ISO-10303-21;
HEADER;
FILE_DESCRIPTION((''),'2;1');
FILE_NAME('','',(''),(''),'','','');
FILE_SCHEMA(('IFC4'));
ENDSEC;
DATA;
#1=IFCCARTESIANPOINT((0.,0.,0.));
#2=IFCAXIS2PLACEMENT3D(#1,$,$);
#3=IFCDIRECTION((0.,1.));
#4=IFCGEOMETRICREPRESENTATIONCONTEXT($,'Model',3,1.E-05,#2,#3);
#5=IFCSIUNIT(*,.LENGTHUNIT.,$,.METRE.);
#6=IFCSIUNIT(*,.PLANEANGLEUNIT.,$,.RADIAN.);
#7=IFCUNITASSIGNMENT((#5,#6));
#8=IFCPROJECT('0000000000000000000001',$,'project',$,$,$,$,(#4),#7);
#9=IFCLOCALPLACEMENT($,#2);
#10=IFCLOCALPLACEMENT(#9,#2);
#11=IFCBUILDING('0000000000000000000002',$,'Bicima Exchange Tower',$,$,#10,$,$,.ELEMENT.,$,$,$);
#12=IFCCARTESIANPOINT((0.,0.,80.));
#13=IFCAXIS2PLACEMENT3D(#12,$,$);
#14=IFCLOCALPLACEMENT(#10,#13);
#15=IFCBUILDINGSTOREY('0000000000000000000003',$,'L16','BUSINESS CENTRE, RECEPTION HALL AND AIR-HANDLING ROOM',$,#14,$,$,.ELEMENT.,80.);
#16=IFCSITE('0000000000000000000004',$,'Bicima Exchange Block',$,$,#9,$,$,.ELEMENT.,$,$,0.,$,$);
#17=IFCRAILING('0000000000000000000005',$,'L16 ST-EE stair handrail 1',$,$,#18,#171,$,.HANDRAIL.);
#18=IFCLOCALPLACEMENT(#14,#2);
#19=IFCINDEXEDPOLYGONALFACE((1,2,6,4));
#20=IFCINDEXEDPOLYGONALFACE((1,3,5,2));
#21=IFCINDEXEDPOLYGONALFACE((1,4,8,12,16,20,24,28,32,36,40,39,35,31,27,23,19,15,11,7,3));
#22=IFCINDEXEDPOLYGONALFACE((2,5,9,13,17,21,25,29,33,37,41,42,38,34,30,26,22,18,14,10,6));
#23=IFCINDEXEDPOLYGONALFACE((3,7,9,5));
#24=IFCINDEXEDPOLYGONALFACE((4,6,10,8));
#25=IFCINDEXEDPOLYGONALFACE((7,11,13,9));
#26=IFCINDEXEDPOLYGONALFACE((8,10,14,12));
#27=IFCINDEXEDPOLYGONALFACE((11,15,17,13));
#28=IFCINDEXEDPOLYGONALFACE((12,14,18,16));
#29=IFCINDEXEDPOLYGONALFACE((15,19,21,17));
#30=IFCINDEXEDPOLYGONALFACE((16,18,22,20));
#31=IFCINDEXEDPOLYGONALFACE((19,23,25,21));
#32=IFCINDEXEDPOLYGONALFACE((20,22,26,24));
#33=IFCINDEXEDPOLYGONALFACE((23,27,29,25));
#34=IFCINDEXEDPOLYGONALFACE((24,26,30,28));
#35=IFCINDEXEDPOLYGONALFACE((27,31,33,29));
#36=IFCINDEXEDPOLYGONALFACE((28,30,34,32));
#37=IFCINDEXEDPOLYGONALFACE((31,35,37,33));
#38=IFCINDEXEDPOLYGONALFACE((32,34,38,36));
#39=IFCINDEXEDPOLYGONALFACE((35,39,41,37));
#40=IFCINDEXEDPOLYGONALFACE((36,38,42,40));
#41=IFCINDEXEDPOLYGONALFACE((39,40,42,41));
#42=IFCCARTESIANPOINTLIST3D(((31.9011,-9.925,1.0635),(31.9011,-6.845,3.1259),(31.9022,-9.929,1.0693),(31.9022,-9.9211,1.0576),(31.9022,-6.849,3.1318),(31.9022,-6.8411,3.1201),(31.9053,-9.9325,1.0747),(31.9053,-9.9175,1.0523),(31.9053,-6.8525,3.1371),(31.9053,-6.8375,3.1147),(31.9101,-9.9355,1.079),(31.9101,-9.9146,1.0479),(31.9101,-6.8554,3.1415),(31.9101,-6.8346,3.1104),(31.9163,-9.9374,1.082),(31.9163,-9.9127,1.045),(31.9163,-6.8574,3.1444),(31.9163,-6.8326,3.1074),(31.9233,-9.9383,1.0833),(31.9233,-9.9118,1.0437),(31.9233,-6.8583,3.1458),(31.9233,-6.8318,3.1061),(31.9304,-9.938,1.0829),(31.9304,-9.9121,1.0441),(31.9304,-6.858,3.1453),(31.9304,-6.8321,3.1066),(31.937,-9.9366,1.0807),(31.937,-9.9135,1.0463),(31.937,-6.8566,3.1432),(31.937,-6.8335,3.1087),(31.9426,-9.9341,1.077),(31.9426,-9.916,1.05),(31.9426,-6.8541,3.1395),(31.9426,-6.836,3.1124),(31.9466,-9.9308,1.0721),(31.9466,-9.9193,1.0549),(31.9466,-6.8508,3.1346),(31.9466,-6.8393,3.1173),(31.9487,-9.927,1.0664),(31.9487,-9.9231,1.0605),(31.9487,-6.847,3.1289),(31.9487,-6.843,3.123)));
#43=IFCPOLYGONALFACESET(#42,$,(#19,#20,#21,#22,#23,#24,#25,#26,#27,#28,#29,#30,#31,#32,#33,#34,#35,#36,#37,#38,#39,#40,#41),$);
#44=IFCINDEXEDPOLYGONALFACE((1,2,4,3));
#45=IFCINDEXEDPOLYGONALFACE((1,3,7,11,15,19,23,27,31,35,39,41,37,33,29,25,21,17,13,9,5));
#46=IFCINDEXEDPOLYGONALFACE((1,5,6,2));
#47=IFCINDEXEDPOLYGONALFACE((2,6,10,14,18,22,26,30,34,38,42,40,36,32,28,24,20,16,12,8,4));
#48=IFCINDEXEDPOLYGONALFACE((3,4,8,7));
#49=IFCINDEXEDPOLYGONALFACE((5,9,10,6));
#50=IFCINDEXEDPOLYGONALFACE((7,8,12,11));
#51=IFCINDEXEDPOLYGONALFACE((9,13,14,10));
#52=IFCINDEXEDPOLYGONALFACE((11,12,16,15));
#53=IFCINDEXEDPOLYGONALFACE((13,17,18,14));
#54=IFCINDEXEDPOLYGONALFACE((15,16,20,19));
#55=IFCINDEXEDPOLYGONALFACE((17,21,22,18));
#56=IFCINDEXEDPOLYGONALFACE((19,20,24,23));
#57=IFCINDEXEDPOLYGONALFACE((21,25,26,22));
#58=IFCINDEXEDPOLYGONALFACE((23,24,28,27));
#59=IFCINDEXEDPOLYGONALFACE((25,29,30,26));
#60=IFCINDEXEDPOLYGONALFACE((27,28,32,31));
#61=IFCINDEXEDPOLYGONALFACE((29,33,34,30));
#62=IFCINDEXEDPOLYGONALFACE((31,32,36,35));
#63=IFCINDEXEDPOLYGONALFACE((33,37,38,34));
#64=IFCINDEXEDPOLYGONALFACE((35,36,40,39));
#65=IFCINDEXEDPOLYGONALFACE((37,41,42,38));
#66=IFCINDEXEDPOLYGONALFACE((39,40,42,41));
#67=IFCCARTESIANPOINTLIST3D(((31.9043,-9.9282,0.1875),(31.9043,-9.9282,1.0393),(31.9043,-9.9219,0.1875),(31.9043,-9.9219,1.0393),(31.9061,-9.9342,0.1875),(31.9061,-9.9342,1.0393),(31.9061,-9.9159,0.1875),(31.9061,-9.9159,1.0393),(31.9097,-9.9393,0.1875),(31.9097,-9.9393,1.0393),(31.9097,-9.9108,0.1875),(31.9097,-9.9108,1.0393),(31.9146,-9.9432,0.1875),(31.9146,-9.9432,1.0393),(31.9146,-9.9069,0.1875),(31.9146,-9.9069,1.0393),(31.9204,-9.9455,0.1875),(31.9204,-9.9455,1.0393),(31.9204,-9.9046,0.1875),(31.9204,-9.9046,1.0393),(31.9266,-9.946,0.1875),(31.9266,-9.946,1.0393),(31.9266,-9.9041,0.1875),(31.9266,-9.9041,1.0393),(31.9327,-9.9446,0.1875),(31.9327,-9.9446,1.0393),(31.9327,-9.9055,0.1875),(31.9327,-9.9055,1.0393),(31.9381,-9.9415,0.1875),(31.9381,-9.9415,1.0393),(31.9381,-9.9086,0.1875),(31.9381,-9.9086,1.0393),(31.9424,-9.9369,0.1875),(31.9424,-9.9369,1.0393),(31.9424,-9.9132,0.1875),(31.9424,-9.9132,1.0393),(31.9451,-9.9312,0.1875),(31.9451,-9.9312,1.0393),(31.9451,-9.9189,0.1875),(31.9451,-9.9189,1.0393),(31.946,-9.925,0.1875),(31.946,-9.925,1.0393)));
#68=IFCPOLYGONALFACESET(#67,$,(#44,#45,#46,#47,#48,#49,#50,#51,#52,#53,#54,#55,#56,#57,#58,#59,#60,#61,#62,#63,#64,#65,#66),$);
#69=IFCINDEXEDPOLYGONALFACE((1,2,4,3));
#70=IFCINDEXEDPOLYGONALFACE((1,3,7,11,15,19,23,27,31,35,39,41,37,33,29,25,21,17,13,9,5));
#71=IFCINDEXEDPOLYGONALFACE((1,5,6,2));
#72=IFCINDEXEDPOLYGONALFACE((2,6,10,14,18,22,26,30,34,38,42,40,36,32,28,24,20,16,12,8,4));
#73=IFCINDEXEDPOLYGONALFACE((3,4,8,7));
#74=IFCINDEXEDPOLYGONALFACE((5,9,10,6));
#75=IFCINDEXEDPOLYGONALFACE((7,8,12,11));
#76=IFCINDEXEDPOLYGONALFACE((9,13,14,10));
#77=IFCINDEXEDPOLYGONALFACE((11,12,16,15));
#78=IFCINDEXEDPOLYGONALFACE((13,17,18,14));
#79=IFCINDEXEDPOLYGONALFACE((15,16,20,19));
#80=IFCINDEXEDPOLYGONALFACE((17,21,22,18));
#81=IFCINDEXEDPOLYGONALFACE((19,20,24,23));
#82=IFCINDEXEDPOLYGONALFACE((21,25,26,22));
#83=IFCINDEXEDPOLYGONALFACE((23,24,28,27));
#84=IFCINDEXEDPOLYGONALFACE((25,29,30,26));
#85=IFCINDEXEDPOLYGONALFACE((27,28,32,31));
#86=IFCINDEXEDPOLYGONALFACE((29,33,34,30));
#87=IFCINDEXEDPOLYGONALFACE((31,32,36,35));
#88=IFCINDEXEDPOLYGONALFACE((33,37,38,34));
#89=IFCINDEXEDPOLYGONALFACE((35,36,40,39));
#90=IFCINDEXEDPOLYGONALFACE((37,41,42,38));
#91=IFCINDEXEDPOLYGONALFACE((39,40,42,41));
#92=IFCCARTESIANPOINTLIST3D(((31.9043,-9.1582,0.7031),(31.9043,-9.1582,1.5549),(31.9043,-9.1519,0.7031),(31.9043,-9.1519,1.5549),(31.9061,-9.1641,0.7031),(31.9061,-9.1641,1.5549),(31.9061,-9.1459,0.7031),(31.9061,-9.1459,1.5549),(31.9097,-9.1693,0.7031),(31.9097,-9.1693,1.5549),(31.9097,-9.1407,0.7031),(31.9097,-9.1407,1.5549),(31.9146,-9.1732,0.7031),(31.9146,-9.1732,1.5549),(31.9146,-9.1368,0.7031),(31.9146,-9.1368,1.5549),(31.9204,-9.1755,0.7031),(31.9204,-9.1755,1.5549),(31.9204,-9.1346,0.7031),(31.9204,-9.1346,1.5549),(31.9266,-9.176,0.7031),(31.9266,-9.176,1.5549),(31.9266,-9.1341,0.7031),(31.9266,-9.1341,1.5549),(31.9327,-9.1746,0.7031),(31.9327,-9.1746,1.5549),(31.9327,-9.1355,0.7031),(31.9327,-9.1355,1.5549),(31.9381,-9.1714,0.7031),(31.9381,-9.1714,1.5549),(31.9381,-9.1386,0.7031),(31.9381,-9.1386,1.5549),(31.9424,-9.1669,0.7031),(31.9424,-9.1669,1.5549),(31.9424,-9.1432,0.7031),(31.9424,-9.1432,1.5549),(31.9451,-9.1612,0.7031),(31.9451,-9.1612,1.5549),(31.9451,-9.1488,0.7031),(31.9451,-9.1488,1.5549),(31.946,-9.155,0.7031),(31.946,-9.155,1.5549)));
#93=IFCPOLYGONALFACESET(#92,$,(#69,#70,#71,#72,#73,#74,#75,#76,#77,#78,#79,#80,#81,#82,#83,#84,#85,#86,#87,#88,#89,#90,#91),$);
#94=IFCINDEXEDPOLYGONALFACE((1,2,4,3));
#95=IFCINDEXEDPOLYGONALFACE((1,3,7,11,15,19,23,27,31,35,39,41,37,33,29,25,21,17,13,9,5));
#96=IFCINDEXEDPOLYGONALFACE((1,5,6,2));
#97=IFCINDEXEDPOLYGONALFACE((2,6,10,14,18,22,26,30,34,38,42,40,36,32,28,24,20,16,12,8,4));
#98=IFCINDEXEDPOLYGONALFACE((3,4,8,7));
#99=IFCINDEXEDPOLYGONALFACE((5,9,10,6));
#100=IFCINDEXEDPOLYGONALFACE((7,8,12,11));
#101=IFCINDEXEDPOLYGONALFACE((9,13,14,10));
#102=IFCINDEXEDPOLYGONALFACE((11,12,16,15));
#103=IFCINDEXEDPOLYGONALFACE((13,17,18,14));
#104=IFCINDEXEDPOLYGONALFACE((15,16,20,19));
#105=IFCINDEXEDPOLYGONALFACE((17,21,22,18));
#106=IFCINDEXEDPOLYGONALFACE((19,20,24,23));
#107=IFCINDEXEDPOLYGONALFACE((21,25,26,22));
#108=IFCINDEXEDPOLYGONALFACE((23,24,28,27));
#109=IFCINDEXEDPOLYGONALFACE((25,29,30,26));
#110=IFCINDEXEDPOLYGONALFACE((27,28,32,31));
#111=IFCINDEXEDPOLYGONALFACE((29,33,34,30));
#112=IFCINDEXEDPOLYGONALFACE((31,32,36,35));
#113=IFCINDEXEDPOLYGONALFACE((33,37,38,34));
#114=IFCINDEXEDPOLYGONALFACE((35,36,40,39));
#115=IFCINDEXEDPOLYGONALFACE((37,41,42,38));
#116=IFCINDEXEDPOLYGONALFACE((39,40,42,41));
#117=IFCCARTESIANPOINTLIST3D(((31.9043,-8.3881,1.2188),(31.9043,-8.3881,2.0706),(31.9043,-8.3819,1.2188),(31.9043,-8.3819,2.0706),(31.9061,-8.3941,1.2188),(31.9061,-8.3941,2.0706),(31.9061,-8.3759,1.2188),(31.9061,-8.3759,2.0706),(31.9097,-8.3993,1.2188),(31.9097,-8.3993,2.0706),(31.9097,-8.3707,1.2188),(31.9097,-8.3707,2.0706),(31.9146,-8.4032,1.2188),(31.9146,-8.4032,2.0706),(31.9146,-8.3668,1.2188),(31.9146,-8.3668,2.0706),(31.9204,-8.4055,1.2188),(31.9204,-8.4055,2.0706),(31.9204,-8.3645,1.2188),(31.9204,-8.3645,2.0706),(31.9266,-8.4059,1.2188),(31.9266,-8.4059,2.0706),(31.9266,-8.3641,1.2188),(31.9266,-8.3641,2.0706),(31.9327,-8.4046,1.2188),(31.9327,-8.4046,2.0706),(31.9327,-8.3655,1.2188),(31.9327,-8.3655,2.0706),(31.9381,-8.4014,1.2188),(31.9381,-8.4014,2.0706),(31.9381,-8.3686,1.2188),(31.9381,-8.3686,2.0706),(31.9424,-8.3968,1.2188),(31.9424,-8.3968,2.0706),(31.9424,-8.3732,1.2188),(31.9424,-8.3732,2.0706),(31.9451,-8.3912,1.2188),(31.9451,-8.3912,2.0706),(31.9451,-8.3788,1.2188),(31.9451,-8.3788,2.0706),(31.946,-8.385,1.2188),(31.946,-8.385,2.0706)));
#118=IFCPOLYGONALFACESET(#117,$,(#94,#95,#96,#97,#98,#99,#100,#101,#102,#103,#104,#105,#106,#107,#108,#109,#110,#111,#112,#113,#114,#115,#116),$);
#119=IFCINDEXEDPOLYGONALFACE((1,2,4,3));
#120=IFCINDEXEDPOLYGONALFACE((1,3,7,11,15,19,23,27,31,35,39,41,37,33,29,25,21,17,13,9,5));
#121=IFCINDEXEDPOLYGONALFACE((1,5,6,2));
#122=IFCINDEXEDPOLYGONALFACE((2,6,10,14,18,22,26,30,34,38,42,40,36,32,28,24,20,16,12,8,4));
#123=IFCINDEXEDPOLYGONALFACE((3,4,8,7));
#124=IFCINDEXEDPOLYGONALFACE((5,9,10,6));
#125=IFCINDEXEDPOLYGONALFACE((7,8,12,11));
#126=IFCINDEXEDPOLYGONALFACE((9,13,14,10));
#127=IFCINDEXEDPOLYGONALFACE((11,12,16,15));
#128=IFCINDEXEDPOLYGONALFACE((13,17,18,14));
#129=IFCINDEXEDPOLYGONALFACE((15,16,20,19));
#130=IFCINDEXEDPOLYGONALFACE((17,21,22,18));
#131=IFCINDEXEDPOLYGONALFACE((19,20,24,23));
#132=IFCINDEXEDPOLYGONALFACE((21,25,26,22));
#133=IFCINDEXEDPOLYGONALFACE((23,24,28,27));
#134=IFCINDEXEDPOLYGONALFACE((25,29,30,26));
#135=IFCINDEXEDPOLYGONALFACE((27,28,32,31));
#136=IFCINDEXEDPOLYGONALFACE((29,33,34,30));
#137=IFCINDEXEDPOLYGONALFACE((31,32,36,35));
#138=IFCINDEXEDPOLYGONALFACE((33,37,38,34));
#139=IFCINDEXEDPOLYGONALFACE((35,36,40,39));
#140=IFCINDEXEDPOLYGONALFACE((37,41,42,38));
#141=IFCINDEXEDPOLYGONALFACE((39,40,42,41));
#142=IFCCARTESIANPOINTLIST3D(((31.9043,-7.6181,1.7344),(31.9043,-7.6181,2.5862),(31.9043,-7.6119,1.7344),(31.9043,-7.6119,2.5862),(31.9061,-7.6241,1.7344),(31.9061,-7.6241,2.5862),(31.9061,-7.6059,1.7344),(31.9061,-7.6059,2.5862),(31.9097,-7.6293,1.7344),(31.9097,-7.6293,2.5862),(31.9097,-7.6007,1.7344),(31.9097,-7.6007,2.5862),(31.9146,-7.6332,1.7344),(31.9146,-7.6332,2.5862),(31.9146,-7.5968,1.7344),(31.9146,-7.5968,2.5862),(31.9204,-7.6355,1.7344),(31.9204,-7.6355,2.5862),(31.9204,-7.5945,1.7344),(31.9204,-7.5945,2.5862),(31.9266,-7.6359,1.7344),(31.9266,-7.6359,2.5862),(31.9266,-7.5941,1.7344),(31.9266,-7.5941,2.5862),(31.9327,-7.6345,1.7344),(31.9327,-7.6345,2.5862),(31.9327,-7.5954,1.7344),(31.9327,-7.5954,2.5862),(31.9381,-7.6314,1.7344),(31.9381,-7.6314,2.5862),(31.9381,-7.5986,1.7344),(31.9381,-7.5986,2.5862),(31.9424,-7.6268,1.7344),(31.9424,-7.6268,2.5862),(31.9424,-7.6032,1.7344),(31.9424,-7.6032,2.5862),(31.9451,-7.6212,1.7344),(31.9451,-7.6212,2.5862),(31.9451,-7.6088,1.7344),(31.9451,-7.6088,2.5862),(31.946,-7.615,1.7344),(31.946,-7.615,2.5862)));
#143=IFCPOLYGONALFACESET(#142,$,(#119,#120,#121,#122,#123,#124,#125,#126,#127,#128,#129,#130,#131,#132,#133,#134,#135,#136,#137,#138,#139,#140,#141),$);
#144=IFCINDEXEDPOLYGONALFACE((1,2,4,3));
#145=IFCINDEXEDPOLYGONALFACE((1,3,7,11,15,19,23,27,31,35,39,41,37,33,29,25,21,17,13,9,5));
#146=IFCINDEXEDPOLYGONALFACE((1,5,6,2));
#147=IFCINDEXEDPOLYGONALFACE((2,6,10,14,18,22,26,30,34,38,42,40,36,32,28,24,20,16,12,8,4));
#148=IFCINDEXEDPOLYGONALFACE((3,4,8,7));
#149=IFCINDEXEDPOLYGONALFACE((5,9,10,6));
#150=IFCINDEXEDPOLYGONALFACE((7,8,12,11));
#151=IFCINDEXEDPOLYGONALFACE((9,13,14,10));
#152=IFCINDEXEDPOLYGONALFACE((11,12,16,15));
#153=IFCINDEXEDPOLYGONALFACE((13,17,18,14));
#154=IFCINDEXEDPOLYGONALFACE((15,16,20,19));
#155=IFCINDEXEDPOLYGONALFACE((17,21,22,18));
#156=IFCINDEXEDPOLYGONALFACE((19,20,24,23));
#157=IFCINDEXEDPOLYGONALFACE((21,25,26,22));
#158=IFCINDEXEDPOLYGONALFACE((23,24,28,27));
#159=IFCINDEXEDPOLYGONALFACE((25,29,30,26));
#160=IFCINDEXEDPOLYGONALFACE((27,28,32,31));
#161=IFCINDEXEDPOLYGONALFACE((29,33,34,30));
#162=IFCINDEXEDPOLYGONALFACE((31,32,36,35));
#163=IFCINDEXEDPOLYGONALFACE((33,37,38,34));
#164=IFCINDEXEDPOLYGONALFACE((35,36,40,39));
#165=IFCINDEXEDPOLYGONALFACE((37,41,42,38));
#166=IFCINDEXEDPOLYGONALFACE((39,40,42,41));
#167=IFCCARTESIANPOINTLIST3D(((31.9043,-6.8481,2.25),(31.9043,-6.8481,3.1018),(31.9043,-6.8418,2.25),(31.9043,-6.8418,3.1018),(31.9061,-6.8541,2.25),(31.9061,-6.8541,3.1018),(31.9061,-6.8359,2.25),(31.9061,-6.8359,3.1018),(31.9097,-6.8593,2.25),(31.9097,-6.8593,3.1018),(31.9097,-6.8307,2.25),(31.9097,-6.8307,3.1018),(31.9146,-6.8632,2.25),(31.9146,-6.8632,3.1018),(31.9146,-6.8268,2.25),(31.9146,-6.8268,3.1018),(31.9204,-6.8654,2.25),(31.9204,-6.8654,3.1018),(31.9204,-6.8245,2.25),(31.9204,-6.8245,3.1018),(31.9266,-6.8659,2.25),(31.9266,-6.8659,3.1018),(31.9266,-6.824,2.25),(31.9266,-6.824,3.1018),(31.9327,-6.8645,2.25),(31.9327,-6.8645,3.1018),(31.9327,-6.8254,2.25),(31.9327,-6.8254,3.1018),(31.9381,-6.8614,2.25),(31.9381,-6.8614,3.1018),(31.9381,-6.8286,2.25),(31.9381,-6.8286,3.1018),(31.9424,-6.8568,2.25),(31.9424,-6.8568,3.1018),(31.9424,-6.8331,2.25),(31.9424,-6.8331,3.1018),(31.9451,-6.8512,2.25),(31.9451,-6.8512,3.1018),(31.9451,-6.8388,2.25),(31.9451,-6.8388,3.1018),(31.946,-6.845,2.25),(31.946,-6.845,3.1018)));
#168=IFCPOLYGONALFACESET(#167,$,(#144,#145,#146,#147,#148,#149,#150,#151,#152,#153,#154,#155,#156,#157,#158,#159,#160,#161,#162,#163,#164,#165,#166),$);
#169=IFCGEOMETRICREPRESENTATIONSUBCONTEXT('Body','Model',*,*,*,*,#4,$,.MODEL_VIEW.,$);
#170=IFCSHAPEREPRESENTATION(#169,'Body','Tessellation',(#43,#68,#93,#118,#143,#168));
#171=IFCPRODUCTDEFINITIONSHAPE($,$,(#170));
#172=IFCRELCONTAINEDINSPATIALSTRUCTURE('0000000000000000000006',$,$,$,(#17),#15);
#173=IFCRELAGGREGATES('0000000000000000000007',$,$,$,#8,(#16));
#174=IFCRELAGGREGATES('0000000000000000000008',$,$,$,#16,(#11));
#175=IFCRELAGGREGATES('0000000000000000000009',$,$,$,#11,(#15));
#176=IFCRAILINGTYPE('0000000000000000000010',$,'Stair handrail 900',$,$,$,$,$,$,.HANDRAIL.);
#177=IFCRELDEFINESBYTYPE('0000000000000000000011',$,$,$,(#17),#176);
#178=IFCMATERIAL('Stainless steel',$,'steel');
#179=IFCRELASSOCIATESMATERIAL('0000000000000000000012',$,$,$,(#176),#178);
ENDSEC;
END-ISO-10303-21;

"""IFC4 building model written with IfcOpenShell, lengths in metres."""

from ifc_helpers import new_model, si_unit, direction, frame, origin, origin_2d, place, context, subcontext, project, spatial, circle, extrude, material, type_object, element, save


model = new_model("IFC4")

# Units and contexts
model_context = context("Model", 3, precision=1e-05, world=origin(), true_north=direction((0.0, 1.0)))
body_context = subcontext(model_context, "Body", "Model", "MODEL_VIEW")
ifc_project = project(units=[si_unit("LENGTHUNIT", "METRE"), si_unit("PLANEANGLEUNIT", "RADIAN")], contexts=[model_context])

# Site, building, storey
site_placement = place(None, origin())
site = spatial("IfcSite", under=ifc_project, at=site_placement, Name="Bicima Exchange Block", CompositionType="ELEMENT", RefElevation=0.0)
building_placement = place(site_placement, origin())
building = spatial("IfcBuilding", under=site, at=building_placement, Name="Bicima Exchange Tower", CompositionType="ELEMENT")
storey_placement = place(building_placement, frame((0.0, 0.0, 80.0)))
storey = spatial("IfcBuildingStorey", under=building, at=storey_placement, Name="L16", Description="BUSINESS CENTRE, RECEPTION HALL AND AIR-HANDLING ROOM", CompositionType="ELEMENT", Elevation=80.0)

# Railing
ifc_material_1 = material(Name="Stainless steel", Category="steel")
railing_type_1 = type_object("IfcRailingType", Name="Stair handrail 900", PredefinedType="HANDRAIL", material=ifc_material_1)
railing_1_placement = place(storey_placement, frame((31.925, -9.925, 0.1875)))
element("IfcRailing", 1, at=railing_1_placement, inside=storey, type_object=railing_type_1, Name="L16 ST-EE stair handrail 1", PredefinedType="HANDRAIL", context=body_context, shape_type="SweptSolid", body=[
    extrude(circle(Radius=0.0239, at=origin_2d()), frame((0.0, 0.0, 0.876), z_axis=(0.0, 0.830914, 0.556401), x_axis=(-1.0, 0.0, 0.0)), (0.0, 0.0, 1.0), 3.7068),
    extrude(circle(Radius=0.021, at=origin_2d()), origin(), (0.0, 0.0, 1.0), 0.8518),
    extrude(circle(Radius=0.021, at=origin_2d()), frame((0.0, 0.77, 0.5156)), (0.0, 0.0, 1.0), 0.8518),
    extrude(circle(Radius=0.021, at=origin_2d()), frame((0.0, 1.54, 1.0312)), (0.0, 0.0, 1.0), 0.8518),
    extrude(circle(Radius=0.021, at=origin_2d()), frame((0.0, 2.3101, 1.5469)), (0.0, 0.0, 1.0), 0.8518),
    extrude(circle(Radius=0.021, at=origin_2d()), frame((0.0, 3.0801, 2.0625)), (0.0, 0.0, 1.0), 0.8518),
])

save(model, "model.ifc")
